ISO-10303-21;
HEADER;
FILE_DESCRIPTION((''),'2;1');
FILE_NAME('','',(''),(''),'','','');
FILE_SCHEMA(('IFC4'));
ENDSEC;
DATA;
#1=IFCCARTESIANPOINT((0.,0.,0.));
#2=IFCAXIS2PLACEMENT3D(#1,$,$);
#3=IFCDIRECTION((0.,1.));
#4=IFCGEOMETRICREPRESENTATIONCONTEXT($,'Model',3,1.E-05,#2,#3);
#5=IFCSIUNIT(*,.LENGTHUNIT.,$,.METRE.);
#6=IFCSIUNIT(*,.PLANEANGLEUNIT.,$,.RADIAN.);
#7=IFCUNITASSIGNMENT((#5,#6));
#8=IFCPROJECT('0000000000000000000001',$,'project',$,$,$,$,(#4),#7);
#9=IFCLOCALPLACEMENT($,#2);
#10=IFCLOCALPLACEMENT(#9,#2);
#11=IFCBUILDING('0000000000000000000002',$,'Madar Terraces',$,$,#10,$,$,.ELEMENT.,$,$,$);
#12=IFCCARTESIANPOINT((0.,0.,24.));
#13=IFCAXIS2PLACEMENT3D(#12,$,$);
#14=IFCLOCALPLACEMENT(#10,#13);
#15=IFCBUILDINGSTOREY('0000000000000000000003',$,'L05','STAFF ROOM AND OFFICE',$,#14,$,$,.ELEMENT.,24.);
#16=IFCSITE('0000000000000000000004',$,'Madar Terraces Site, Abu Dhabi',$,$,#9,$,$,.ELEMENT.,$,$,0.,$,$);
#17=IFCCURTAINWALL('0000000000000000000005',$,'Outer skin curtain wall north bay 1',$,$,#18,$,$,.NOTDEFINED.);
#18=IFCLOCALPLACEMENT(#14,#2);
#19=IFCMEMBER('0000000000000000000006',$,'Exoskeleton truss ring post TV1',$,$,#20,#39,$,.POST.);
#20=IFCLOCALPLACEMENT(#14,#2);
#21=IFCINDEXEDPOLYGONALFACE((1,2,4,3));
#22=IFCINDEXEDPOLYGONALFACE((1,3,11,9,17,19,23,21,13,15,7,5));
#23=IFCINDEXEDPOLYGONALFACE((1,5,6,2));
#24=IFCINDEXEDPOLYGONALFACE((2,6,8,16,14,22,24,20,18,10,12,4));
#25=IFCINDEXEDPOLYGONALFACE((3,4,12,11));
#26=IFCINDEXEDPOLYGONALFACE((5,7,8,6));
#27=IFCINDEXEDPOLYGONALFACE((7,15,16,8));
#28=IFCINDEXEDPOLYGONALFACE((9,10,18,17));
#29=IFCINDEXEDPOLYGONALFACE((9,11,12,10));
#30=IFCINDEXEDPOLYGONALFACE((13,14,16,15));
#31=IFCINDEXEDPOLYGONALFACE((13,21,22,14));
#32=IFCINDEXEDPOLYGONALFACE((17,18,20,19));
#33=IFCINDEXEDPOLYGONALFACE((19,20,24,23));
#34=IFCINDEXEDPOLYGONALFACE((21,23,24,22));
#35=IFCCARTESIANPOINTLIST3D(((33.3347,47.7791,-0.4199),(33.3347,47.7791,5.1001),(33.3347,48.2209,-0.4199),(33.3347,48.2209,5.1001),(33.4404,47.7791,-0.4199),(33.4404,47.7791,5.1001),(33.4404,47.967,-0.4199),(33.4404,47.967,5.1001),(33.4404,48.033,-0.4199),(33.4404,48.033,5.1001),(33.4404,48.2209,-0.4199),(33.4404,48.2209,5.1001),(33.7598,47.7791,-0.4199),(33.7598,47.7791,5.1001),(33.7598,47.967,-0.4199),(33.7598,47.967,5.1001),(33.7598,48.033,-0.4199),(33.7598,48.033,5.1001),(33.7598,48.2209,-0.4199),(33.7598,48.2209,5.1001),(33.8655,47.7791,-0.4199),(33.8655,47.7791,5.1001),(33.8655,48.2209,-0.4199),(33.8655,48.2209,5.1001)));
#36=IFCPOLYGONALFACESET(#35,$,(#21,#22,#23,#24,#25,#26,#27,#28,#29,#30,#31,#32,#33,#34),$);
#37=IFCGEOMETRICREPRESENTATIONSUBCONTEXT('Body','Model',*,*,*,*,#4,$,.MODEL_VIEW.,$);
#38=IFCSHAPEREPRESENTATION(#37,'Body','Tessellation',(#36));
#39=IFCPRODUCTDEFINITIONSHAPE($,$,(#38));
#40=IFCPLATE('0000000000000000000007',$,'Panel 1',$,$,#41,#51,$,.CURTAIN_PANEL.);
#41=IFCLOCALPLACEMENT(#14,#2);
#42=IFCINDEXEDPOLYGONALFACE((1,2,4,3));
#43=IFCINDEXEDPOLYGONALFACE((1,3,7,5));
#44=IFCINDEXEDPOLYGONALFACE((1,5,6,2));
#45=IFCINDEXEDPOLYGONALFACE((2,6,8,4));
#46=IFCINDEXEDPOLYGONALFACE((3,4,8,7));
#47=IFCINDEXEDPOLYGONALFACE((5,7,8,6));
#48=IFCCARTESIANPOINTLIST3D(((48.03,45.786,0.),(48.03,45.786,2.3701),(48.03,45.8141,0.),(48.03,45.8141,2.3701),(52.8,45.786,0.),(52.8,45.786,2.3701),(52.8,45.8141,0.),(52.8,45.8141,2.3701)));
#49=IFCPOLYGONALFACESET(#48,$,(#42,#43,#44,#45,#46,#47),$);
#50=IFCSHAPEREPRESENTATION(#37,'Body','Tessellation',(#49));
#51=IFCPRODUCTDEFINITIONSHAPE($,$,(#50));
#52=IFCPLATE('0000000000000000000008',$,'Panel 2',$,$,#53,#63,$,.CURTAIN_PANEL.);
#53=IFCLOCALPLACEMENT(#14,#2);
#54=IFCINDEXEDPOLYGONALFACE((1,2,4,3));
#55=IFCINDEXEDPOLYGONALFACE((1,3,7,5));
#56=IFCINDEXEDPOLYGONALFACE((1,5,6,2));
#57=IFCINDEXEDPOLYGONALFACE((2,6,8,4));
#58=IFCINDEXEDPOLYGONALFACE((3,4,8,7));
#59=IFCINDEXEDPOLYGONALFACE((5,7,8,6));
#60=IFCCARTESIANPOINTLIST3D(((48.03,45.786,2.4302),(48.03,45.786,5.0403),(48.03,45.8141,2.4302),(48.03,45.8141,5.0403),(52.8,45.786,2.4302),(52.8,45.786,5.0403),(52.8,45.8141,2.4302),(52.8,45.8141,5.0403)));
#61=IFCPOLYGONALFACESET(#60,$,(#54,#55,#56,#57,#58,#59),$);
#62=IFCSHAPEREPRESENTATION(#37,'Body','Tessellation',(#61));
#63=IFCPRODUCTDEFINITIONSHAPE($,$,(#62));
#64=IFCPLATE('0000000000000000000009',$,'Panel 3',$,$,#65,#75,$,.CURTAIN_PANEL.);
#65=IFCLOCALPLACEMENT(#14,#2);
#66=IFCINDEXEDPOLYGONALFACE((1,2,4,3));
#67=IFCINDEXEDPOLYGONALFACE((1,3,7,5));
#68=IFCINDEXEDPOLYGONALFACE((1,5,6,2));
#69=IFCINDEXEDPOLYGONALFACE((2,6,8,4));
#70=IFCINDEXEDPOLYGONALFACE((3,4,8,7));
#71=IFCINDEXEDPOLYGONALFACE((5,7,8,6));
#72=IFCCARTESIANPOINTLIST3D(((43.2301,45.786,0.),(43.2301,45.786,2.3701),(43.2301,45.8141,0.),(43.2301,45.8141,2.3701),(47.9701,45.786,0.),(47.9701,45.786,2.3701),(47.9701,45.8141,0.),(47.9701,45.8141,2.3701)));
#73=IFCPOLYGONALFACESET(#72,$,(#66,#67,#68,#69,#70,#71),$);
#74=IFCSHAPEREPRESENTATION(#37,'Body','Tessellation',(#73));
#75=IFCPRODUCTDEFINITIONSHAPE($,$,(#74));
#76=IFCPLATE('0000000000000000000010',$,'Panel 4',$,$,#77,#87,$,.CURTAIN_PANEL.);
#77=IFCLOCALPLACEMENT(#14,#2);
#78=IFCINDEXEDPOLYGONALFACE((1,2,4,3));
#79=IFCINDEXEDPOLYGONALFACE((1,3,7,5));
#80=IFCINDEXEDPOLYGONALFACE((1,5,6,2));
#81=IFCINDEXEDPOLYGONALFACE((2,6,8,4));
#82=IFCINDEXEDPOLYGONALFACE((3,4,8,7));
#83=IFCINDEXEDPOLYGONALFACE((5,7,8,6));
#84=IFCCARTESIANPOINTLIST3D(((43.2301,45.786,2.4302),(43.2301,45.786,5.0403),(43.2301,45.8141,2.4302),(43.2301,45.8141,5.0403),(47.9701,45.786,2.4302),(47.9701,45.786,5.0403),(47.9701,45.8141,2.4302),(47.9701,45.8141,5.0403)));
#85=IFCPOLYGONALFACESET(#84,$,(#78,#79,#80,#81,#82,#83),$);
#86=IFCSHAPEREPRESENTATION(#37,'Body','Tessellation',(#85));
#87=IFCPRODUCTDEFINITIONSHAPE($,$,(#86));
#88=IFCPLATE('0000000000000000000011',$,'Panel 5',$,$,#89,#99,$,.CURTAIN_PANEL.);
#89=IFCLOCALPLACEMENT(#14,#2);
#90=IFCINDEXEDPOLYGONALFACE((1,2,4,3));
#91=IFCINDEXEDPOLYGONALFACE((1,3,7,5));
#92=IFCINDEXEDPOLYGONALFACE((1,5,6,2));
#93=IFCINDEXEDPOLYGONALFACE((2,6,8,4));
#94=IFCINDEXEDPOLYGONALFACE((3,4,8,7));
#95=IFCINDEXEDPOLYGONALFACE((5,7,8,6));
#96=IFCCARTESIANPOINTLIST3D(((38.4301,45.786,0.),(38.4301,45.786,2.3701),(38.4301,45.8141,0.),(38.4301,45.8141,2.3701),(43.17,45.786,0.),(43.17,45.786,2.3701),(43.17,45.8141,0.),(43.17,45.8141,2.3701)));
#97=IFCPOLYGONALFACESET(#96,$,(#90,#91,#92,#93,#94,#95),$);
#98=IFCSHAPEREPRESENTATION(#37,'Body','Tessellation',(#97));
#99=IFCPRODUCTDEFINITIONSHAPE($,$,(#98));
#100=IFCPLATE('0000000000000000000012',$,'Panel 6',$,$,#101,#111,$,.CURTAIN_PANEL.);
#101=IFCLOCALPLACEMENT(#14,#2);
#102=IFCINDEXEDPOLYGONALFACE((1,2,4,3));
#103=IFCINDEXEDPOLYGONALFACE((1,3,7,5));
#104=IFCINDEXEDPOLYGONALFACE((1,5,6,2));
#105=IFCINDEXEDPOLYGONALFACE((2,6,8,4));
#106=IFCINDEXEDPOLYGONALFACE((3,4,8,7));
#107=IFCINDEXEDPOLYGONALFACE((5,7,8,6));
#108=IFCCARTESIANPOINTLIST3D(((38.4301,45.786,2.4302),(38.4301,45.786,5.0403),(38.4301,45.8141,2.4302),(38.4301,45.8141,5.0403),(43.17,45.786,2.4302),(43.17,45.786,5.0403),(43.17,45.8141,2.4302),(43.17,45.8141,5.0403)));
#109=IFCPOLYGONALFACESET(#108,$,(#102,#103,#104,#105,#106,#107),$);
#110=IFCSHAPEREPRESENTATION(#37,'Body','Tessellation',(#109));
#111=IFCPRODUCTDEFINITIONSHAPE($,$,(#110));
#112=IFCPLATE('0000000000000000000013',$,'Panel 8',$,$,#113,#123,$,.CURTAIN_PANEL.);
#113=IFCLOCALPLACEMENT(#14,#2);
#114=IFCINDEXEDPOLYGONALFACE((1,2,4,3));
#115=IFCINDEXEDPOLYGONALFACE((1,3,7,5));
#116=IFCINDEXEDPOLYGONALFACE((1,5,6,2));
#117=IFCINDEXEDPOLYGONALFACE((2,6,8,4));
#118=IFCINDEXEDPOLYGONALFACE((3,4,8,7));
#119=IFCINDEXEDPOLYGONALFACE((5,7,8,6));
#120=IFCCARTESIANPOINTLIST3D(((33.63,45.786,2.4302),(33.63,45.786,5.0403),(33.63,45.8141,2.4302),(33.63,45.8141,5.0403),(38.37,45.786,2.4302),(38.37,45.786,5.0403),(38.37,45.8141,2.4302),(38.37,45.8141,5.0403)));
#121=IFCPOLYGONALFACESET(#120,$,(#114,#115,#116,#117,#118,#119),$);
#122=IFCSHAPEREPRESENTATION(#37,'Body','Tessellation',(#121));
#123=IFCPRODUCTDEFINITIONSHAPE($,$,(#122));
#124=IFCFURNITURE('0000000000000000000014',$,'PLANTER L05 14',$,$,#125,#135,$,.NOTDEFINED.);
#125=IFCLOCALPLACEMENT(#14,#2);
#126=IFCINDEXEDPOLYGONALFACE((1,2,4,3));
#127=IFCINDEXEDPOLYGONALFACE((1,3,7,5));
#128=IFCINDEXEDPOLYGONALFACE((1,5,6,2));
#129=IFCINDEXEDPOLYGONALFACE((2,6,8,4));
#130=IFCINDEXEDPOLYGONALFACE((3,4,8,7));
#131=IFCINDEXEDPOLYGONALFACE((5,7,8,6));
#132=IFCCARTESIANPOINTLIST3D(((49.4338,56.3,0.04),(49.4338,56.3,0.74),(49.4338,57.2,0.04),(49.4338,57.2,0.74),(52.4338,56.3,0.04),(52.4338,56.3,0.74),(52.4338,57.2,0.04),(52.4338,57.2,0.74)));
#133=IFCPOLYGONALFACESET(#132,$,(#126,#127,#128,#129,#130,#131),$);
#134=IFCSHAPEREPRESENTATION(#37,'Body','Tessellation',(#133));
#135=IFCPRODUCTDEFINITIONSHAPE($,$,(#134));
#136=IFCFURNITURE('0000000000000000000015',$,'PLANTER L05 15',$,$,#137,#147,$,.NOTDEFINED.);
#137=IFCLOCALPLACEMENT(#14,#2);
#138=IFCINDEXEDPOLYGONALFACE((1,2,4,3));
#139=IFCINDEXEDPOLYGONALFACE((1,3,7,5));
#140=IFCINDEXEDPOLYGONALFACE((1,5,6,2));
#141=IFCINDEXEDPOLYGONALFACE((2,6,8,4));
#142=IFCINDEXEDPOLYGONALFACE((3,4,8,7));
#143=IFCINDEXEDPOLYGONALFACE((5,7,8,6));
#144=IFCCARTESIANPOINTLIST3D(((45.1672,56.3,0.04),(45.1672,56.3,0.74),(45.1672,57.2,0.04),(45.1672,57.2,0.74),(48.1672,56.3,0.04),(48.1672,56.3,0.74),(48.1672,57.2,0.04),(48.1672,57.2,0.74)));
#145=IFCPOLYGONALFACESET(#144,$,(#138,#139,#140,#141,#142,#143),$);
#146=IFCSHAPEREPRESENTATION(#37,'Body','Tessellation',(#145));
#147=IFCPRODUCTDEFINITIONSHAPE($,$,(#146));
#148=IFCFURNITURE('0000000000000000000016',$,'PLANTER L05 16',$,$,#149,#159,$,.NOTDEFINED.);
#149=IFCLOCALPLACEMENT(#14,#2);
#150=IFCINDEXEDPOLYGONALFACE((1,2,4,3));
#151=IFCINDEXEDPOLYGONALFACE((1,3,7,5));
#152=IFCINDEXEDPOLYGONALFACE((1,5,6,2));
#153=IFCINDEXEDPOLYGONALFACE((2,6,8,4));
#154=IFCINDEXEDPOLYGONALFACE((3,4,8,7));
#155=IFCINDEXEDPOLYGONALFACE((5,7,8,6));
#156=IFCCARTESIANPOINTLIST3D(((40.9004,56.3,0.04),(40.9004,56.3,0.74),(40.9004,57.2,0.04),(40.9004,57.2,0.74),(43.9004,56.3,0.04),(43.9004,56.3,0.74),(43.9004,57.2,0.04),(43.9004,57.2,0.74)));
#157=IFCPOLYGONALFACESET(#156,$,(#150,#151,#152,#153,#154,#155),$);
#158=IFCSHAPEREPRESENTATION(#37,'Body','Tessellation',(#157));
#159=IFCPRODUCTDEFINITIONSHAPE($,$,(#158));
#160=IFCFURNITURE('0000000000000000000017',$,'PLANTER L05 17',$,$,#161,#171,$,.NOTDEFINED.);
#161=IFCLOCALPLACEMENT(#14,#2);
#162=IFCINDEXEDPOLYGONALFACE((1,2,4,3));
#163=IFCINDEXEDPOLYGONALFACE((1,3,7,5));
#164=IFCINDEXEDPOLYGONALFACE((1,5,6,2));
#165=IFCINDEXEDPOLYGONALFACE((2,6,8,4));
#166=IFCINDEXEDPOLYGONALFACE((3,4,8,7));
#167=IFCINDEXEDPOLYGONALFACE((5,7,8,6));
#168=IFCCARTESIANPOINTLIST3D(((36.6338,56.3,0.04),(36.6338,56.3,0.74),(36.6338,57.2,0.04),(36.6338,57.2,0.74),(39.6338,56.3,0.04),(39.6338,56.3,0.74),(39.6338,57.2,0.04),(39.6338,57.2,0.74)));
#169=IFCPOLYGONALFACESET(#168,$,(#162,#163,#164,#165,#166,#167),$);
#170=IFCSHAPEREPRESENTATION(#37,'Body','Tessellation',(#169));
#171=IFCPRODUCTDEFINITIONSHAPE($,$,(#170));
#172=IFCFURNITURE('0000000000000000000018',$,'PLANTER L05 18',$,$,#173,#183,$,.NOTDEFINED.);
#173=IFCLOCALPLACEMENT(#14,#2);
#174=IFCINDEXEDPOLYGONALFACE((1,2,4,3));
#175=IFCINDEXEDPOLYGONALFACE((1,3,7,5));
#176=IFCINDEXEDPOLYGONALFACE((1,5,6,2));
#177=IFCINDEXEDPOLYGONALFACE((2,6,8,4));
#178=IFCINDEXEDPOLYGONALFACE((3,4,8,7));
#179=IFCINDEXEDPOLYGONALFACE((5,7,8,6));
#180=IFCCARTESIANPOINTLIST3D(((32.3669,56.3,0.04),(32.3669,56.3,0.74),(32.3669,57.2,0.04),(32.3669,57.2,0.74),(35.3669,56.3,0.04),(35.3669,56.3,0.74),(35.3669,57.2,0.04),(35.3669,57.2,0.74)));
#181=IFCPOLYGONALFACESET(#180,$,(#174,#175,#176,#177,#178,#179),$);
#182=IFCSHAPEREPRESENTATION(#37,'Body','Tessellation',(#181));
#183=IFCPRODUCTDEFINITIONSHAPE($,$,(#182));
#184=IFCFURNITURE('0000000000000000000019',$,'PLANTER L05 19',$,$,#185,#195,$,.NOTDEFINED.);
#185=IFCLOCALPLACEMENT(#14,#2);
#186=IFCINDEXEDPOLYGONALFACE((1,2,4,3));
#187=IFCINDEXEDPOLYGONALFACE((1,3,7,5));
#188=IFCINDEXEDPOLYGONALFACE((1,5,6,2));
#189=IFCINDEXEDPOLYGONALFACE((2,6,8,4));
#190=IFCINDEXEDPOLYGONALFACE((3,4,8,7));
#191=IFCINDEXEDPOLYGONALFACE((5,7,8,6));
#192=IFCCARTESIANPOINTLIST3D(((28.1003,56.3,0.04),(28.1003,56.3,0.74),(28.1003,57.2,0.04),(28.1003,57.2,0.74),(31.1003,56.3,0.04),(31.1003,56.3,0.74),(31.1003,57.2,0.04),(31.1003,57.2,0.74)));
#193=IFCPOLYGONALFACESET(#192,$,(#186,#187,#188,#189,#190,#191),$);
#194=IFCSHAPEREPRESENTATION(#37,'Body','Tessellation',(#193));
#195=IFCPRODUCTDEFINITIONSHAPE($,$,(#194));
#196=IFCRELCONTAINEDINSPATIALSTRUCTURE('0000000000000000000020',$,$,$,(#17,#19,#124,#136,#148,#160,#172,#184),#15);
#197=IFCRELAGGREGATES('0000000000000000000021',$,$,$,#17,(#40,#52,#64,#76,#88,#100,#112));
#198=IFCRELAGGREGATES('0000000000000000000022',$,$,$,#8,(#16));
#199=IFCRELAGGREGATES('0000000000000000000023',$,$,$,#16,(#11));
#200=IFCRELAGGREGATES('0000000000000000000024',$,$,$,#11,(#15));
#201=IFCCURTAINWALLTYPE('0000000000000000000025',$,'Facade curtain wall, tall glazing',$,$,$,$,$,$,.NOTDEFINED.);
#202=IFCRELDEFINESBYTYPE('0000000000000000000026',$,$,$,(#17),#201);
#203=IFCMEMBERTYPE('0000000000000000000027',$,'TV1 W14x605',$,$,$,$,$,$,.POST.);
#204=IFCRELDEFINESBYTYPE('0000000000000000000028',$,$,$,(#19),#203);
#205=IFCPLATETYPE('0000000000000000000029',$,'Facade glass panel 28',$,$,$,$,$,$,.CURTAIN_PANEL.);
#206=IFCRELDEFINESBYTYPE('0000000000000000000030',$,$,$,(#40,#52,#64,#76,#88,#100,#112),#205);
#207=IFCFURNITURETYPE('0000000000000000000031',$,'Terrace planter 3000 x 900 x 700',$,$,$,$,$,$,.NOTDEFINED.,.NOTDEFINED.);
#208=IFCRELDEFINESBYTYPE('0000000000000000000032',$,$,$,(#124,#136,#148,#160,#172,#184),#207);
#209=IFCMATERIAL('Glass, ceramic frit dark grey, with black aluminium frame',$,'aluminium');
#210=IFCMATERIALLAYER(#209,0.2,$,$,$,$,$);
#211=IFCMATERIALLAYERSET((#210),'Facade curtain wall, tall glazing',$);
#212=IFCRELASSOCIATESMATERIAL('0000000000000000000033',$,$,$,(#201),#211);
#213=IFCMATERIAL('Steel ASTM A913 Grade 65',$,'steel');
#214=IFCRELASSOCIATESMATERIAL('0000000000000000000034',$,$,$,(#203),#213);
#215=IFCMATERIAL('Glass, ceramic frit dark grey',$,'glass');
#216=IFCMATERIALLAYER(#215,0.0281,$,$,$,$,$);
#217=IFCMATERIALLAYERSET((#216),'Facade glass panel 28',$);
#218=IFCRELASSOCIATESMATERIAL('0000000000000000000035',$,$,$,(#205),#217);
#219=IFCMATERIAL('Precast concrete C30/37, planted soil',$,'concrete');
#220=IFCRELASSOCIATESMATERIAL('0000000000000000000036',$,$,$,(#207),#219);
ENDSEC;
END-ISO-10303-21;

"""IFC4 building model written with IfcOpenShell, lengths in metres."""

from ifc_helpers import new_model, si_unit, direction, frame, origin, origin_2d, place, context, subcontext, project, spatial, rectangle, i_section, extrude, material, layer, layer_set, material_profile, profile_set, type_object, element, aggregate, save


model = new_model("IFC4")

# Units and contexts
model_context = context("Model", 3, precision=1e-05, world=origin(), true_north=direction((0.0, 1.0)))
body_context = subcontext(model_context, "Body", "Model", "MODEL_VIEW")
ifc_project = project(units=[si_unit("LENGTHUNIT", "METRE"), si_unit("PLANEANGLEUNIT", "RADIAN")], contexts=[model_context])

# Site, building, storey
site_placement = place(None, origin())
site = spatial("IfcSite", under=ifc_project, at=site_placement, Name="Madar Terraces Site, Abu Dhabi", CompositionType="ELEMENT", RefElevation=0.0)
building_placement = place(site_placement, origin())
building = spatial("IfcBuilding", under=site, at=building_placement, Name="Madar Terraces", CompositionType="ELEMENT")
storey_placement = place(building_placement, frame((0.0, 0.0, 24.0)))
storey = spatial("IfcBuildingStorey", under=building, at=storey_placement, Name="L05", Description="STAFF ROOM AND OFFICE", CompositionType="ELEMENT", Elevation=24.0)

# Curtain wall
ifc_material_1 = material(Name="Glass, ceramic frit dark grey, with black aluminium frame", Category="aluminium")
ifc_layer_1 = layer(ifc_material_1, 0.2)
ifc_layer_set_1 = layer_set([ifc_layer_1], Name="Facade curtain wall, tall glazing")
curtain_wall_type = type_object("IfcCurtainWallType", Name="Facade curtain wall, tall glazing", PredefinedType="NOTDEFINED", material=ifc_layer_set_1)
curtain_wall_placement = place(storey_placement, origin())
curtain_wall = element("IfcCurtainWall", 1, at=curtain_wall_placement, inside=storey, type_object=curtain_wall_type, Name="Outer skin curtain wall north bay 1", PredefinedType="NOTDEFINED")

# Member
ifc_material_2 = material(Name="Steel ASTM A913 Grade 65", Category="steel")
ifc_material_profile_1 = material_profile(ifc_material_2, i_section(OverallWidth=0.4419, OverallDepth=0.5308, WebThickness=0.0659, FlangeThickness=0.1057, at=origin_2d()), Name="W14x605")
ifc_profile_set_1 = profile_set([ifc_material_profile_1], Name="Steel ASTM A913 Grade 65")
member_type_1 = type_object("IfcMemberType", Name="TV1 W14x605", PredefinedType="POST", material=ifc_profile_set_1)
member_1_placement = place(storey_placement, frame((33.6001, 48.0, -0.4199), z_axis=(0.0, 0.0, 1.0), x_axis=(0.0, -1.0, 0.0)))
element("IfcMember", 2, at=member_1_placement, inside=storey, type_object=member_type_1, Name="Exoskeleton truss ring post TV1", PredefinedType="POST", context=body_context, shape_type="SweptSolid", body=[
    extrude(i_section(OverallWidth=0.4419, OverallDepth=0.5308, WebThickness=0.0659, FlangeThickness=0.1057, at=origin_2d()), origin(), (0.0, 0.0, 1.0), 5.52),
])

# Plates
ifc_material_3 = material(Name="Glass, ceramic frit dark grey", Category="glass")
ifc_layer_2 = layer(ifc_material_3, 0.0281)
ifc_layer_set_2 = layer_set([ifc_layer_2], Name="Facade glass panel 28")
plate_type = type_object("IfcPlateType", Name="Facade glass panel 28", PredefinedType="CURTAIN_PANEL", material=ifc_layer_set_2)
plate_1_placement = place(storey_placement, frame((50.415, 45.8, 0.0), z_axis=(0.0, 0.0, 1.0), x_axis=(-1.0, 0.0, 0.0)))
plate_1 = element("IfcPlate", 3, at=plate_1_placement, type_object=plate_type, Name="Panel 1", PredefinedType="CURTAIN_PANEL", context=body_context, shape_type="SweptSolid", body=[
    extrude(rectangle(XDim=4.77, YDim=0.0281, at=origin_2d()), origin(), (0.0, 0.0, 1.0), 2.3701),
])
plate_2_placement = place(storey_placement, frame((50.415, 45.8, 2.4302), z_axis=(0.0, 0.0, 1.0), x_axis=(-1.0, 0.0, 0.0)))
plate_2 = element("IfcPlate", 4, at=plate_2_placement, type_object=plate_type, Name="Panel 2", PredefinedType="CURTAIN_PANEL", context=body_context, shape_type="SweptSolid", body=[
    extrude(rectangle(XDim=4.77, YDim=0.0281, at=origin_2d()), origin(), (0.0, 0.0, 1.0), 2.6101),
])
plate_3_placement = place(storey_placement, frame((45.6001, 45.8, 0.0), z_axis=(0.0, 0.0, 1.0), x_axis=(-1.0, 0.0, 0.0)))
plate_3 = element("IfcPlate", 5, at=plate_3_placement, type_object=plate_type, Name="Panel 3", PredefinedType="CURTAIN_PANEL", context=body_context, shape_type="SweptSolid", body=[
    extrude(rectangle(XDim=4.74, YDim=0.0281, at=origin_2d()), origin(), (0.0, 0.0, 1.0), 2.3701),
])
plate_4_placement = place(storey_placement, frame((45.6001, 45.8, 2.4302), z_axis=(0.0, 0.0, 1.0), x_axis=(-1.0, 0.0, 0.0)))
plate_4 = element("IfcPlate", 6, at=plate_4_placement, type_object=plate_type, Name="Panel 4", PredefinedType="CURTAIN_PANEL", context=body_context, shape_type="SweptSolid", body=[
    extrude(rectangle(XDim=4.74, YDim=0.0281, at=origin_2d()), origin(), (0.0, 0.0, 1.0), 2.6101),
])
plate_5_placement = place(storey_placement, frame((40.8, 45.8, 0.0), z_axis=(0.0, 0.0, 1.0), x_axis=(-1.0, 0.0, 0.0)))
plate_5 = element("IfcPlate", 7, at=plate_5_placement, type_object=plate_type, Name="Panel 5", PredefinedType="CURTAIN_PANEL", context=body_context, shape_type="SweptSolid", body=[
    extrude(rectangle(XDim=4.74, YDim=0.0281, at=origin_2d()), origin(), (0.0, 0.0, 1.0), 2.3701),
])
plate_6_placement = place(storey_placement, frame((40.8, 45.8, 2.4302), z_axis=(0.0, 0.0, 1.0), x_axis=(-1.0, 0.0, 0.0)))
plate_6 = element("IfcPlate", 8, at=plate_6_placement, type_object=plate_type, Name="Panel 6", PredefinedType="CURTAIN_PANEL", context=body_context, shape_type="SweptSolid", body=[
    extrude(rectangle(XDim=4.74, YDim=0.0281, at=origin_2d()), origin(), (0.0, 0.0, 1.0), 2.6101),
])
plate_7_placement = place(storey_placement, frame((36.0, 45.8, 2.4302), z_axis=(0.0, 0.0, 1.0), x_axis=(-1.0, 0.0, 0.0)))
plate_7 = element("IfcPlate", 9, at=plate_7_placement, type_object=plate_type, Name="Panel 8", PredefinedType="CURTAIN_PANEL", context=body_context, shape_type="SweptSolid", body=[
    extrude(rectangle(XDim=4.74, YDim=0.0281, at=origin_2d()), origin(), (0.0, 0.0, 1.0), 2.6101),
])
aggregate(curtain_wall, [plate_1, plate_2, plate_3, plate_4, plate_5, plate_6, plate_7])

# Furniture
ifc_material_4 = material(Name="Precast concrete C30/37, planted soil", Category="concrete")
furniture_type = type_object("IfcFurnitureType", Name="Terrace planter 3000 x 900 x 700", AssemblyPlace="NOTDEFINED", PredefinedType="NOTDEFINED", material=ifc_material_4)
for number, where, z_axis, x_axis, name in (
    (10, (50.9338, 56.75, 0.04), (0.0, 0.0, 1.0), (-1.0, 0.0, 0.0), "PLANTER L05 14"),
    (11, (46.6672, 56.75, 0.04), (0.0, 0.0, 1.0), (-1.0, 0.0, 0.0), "PLANTER L05 15"),
    (12, (42.4004, 56.75, 0.04), (0.0, 0.0, 1.0), (-1.0, 0.0, 0.0), "PLANTER L05 16"),
    (13, (38.1338, 56.75, 0.04), (0.0, 0.0, 1.0), (-1.0, 0.0, 0.0), "PLANTER L05 17"),
    (14, (33.8669, 56.75, 0.04), (0.0, 0.0, 1.0), (-1.0, 0.0, 0.0), "PLANTER L05 18"),
    (15, (29.6003, 56.75, 0.04), (0.0, 0.0, 1.0), (-1.0, 0.0, 0.0), "PLANTER L05 19"),
):
    element("IfcFurniture", number, at=place(storey_placement, frame(where, z_axis=z_axis, x_axis=x_axis)), inside=storey, type_object=furniture_type, Name=name, PredefinedType="NOTDEFINED", context=body_context, shape_type="SweptSolid", body=[
        extrude(rectangle(XDim=3.0, YDim=0.8999, at=origin_2d()), origin(), (0.0, 0.0, 1.0), 0.7),
    ])

save(model, "model.ifc")
